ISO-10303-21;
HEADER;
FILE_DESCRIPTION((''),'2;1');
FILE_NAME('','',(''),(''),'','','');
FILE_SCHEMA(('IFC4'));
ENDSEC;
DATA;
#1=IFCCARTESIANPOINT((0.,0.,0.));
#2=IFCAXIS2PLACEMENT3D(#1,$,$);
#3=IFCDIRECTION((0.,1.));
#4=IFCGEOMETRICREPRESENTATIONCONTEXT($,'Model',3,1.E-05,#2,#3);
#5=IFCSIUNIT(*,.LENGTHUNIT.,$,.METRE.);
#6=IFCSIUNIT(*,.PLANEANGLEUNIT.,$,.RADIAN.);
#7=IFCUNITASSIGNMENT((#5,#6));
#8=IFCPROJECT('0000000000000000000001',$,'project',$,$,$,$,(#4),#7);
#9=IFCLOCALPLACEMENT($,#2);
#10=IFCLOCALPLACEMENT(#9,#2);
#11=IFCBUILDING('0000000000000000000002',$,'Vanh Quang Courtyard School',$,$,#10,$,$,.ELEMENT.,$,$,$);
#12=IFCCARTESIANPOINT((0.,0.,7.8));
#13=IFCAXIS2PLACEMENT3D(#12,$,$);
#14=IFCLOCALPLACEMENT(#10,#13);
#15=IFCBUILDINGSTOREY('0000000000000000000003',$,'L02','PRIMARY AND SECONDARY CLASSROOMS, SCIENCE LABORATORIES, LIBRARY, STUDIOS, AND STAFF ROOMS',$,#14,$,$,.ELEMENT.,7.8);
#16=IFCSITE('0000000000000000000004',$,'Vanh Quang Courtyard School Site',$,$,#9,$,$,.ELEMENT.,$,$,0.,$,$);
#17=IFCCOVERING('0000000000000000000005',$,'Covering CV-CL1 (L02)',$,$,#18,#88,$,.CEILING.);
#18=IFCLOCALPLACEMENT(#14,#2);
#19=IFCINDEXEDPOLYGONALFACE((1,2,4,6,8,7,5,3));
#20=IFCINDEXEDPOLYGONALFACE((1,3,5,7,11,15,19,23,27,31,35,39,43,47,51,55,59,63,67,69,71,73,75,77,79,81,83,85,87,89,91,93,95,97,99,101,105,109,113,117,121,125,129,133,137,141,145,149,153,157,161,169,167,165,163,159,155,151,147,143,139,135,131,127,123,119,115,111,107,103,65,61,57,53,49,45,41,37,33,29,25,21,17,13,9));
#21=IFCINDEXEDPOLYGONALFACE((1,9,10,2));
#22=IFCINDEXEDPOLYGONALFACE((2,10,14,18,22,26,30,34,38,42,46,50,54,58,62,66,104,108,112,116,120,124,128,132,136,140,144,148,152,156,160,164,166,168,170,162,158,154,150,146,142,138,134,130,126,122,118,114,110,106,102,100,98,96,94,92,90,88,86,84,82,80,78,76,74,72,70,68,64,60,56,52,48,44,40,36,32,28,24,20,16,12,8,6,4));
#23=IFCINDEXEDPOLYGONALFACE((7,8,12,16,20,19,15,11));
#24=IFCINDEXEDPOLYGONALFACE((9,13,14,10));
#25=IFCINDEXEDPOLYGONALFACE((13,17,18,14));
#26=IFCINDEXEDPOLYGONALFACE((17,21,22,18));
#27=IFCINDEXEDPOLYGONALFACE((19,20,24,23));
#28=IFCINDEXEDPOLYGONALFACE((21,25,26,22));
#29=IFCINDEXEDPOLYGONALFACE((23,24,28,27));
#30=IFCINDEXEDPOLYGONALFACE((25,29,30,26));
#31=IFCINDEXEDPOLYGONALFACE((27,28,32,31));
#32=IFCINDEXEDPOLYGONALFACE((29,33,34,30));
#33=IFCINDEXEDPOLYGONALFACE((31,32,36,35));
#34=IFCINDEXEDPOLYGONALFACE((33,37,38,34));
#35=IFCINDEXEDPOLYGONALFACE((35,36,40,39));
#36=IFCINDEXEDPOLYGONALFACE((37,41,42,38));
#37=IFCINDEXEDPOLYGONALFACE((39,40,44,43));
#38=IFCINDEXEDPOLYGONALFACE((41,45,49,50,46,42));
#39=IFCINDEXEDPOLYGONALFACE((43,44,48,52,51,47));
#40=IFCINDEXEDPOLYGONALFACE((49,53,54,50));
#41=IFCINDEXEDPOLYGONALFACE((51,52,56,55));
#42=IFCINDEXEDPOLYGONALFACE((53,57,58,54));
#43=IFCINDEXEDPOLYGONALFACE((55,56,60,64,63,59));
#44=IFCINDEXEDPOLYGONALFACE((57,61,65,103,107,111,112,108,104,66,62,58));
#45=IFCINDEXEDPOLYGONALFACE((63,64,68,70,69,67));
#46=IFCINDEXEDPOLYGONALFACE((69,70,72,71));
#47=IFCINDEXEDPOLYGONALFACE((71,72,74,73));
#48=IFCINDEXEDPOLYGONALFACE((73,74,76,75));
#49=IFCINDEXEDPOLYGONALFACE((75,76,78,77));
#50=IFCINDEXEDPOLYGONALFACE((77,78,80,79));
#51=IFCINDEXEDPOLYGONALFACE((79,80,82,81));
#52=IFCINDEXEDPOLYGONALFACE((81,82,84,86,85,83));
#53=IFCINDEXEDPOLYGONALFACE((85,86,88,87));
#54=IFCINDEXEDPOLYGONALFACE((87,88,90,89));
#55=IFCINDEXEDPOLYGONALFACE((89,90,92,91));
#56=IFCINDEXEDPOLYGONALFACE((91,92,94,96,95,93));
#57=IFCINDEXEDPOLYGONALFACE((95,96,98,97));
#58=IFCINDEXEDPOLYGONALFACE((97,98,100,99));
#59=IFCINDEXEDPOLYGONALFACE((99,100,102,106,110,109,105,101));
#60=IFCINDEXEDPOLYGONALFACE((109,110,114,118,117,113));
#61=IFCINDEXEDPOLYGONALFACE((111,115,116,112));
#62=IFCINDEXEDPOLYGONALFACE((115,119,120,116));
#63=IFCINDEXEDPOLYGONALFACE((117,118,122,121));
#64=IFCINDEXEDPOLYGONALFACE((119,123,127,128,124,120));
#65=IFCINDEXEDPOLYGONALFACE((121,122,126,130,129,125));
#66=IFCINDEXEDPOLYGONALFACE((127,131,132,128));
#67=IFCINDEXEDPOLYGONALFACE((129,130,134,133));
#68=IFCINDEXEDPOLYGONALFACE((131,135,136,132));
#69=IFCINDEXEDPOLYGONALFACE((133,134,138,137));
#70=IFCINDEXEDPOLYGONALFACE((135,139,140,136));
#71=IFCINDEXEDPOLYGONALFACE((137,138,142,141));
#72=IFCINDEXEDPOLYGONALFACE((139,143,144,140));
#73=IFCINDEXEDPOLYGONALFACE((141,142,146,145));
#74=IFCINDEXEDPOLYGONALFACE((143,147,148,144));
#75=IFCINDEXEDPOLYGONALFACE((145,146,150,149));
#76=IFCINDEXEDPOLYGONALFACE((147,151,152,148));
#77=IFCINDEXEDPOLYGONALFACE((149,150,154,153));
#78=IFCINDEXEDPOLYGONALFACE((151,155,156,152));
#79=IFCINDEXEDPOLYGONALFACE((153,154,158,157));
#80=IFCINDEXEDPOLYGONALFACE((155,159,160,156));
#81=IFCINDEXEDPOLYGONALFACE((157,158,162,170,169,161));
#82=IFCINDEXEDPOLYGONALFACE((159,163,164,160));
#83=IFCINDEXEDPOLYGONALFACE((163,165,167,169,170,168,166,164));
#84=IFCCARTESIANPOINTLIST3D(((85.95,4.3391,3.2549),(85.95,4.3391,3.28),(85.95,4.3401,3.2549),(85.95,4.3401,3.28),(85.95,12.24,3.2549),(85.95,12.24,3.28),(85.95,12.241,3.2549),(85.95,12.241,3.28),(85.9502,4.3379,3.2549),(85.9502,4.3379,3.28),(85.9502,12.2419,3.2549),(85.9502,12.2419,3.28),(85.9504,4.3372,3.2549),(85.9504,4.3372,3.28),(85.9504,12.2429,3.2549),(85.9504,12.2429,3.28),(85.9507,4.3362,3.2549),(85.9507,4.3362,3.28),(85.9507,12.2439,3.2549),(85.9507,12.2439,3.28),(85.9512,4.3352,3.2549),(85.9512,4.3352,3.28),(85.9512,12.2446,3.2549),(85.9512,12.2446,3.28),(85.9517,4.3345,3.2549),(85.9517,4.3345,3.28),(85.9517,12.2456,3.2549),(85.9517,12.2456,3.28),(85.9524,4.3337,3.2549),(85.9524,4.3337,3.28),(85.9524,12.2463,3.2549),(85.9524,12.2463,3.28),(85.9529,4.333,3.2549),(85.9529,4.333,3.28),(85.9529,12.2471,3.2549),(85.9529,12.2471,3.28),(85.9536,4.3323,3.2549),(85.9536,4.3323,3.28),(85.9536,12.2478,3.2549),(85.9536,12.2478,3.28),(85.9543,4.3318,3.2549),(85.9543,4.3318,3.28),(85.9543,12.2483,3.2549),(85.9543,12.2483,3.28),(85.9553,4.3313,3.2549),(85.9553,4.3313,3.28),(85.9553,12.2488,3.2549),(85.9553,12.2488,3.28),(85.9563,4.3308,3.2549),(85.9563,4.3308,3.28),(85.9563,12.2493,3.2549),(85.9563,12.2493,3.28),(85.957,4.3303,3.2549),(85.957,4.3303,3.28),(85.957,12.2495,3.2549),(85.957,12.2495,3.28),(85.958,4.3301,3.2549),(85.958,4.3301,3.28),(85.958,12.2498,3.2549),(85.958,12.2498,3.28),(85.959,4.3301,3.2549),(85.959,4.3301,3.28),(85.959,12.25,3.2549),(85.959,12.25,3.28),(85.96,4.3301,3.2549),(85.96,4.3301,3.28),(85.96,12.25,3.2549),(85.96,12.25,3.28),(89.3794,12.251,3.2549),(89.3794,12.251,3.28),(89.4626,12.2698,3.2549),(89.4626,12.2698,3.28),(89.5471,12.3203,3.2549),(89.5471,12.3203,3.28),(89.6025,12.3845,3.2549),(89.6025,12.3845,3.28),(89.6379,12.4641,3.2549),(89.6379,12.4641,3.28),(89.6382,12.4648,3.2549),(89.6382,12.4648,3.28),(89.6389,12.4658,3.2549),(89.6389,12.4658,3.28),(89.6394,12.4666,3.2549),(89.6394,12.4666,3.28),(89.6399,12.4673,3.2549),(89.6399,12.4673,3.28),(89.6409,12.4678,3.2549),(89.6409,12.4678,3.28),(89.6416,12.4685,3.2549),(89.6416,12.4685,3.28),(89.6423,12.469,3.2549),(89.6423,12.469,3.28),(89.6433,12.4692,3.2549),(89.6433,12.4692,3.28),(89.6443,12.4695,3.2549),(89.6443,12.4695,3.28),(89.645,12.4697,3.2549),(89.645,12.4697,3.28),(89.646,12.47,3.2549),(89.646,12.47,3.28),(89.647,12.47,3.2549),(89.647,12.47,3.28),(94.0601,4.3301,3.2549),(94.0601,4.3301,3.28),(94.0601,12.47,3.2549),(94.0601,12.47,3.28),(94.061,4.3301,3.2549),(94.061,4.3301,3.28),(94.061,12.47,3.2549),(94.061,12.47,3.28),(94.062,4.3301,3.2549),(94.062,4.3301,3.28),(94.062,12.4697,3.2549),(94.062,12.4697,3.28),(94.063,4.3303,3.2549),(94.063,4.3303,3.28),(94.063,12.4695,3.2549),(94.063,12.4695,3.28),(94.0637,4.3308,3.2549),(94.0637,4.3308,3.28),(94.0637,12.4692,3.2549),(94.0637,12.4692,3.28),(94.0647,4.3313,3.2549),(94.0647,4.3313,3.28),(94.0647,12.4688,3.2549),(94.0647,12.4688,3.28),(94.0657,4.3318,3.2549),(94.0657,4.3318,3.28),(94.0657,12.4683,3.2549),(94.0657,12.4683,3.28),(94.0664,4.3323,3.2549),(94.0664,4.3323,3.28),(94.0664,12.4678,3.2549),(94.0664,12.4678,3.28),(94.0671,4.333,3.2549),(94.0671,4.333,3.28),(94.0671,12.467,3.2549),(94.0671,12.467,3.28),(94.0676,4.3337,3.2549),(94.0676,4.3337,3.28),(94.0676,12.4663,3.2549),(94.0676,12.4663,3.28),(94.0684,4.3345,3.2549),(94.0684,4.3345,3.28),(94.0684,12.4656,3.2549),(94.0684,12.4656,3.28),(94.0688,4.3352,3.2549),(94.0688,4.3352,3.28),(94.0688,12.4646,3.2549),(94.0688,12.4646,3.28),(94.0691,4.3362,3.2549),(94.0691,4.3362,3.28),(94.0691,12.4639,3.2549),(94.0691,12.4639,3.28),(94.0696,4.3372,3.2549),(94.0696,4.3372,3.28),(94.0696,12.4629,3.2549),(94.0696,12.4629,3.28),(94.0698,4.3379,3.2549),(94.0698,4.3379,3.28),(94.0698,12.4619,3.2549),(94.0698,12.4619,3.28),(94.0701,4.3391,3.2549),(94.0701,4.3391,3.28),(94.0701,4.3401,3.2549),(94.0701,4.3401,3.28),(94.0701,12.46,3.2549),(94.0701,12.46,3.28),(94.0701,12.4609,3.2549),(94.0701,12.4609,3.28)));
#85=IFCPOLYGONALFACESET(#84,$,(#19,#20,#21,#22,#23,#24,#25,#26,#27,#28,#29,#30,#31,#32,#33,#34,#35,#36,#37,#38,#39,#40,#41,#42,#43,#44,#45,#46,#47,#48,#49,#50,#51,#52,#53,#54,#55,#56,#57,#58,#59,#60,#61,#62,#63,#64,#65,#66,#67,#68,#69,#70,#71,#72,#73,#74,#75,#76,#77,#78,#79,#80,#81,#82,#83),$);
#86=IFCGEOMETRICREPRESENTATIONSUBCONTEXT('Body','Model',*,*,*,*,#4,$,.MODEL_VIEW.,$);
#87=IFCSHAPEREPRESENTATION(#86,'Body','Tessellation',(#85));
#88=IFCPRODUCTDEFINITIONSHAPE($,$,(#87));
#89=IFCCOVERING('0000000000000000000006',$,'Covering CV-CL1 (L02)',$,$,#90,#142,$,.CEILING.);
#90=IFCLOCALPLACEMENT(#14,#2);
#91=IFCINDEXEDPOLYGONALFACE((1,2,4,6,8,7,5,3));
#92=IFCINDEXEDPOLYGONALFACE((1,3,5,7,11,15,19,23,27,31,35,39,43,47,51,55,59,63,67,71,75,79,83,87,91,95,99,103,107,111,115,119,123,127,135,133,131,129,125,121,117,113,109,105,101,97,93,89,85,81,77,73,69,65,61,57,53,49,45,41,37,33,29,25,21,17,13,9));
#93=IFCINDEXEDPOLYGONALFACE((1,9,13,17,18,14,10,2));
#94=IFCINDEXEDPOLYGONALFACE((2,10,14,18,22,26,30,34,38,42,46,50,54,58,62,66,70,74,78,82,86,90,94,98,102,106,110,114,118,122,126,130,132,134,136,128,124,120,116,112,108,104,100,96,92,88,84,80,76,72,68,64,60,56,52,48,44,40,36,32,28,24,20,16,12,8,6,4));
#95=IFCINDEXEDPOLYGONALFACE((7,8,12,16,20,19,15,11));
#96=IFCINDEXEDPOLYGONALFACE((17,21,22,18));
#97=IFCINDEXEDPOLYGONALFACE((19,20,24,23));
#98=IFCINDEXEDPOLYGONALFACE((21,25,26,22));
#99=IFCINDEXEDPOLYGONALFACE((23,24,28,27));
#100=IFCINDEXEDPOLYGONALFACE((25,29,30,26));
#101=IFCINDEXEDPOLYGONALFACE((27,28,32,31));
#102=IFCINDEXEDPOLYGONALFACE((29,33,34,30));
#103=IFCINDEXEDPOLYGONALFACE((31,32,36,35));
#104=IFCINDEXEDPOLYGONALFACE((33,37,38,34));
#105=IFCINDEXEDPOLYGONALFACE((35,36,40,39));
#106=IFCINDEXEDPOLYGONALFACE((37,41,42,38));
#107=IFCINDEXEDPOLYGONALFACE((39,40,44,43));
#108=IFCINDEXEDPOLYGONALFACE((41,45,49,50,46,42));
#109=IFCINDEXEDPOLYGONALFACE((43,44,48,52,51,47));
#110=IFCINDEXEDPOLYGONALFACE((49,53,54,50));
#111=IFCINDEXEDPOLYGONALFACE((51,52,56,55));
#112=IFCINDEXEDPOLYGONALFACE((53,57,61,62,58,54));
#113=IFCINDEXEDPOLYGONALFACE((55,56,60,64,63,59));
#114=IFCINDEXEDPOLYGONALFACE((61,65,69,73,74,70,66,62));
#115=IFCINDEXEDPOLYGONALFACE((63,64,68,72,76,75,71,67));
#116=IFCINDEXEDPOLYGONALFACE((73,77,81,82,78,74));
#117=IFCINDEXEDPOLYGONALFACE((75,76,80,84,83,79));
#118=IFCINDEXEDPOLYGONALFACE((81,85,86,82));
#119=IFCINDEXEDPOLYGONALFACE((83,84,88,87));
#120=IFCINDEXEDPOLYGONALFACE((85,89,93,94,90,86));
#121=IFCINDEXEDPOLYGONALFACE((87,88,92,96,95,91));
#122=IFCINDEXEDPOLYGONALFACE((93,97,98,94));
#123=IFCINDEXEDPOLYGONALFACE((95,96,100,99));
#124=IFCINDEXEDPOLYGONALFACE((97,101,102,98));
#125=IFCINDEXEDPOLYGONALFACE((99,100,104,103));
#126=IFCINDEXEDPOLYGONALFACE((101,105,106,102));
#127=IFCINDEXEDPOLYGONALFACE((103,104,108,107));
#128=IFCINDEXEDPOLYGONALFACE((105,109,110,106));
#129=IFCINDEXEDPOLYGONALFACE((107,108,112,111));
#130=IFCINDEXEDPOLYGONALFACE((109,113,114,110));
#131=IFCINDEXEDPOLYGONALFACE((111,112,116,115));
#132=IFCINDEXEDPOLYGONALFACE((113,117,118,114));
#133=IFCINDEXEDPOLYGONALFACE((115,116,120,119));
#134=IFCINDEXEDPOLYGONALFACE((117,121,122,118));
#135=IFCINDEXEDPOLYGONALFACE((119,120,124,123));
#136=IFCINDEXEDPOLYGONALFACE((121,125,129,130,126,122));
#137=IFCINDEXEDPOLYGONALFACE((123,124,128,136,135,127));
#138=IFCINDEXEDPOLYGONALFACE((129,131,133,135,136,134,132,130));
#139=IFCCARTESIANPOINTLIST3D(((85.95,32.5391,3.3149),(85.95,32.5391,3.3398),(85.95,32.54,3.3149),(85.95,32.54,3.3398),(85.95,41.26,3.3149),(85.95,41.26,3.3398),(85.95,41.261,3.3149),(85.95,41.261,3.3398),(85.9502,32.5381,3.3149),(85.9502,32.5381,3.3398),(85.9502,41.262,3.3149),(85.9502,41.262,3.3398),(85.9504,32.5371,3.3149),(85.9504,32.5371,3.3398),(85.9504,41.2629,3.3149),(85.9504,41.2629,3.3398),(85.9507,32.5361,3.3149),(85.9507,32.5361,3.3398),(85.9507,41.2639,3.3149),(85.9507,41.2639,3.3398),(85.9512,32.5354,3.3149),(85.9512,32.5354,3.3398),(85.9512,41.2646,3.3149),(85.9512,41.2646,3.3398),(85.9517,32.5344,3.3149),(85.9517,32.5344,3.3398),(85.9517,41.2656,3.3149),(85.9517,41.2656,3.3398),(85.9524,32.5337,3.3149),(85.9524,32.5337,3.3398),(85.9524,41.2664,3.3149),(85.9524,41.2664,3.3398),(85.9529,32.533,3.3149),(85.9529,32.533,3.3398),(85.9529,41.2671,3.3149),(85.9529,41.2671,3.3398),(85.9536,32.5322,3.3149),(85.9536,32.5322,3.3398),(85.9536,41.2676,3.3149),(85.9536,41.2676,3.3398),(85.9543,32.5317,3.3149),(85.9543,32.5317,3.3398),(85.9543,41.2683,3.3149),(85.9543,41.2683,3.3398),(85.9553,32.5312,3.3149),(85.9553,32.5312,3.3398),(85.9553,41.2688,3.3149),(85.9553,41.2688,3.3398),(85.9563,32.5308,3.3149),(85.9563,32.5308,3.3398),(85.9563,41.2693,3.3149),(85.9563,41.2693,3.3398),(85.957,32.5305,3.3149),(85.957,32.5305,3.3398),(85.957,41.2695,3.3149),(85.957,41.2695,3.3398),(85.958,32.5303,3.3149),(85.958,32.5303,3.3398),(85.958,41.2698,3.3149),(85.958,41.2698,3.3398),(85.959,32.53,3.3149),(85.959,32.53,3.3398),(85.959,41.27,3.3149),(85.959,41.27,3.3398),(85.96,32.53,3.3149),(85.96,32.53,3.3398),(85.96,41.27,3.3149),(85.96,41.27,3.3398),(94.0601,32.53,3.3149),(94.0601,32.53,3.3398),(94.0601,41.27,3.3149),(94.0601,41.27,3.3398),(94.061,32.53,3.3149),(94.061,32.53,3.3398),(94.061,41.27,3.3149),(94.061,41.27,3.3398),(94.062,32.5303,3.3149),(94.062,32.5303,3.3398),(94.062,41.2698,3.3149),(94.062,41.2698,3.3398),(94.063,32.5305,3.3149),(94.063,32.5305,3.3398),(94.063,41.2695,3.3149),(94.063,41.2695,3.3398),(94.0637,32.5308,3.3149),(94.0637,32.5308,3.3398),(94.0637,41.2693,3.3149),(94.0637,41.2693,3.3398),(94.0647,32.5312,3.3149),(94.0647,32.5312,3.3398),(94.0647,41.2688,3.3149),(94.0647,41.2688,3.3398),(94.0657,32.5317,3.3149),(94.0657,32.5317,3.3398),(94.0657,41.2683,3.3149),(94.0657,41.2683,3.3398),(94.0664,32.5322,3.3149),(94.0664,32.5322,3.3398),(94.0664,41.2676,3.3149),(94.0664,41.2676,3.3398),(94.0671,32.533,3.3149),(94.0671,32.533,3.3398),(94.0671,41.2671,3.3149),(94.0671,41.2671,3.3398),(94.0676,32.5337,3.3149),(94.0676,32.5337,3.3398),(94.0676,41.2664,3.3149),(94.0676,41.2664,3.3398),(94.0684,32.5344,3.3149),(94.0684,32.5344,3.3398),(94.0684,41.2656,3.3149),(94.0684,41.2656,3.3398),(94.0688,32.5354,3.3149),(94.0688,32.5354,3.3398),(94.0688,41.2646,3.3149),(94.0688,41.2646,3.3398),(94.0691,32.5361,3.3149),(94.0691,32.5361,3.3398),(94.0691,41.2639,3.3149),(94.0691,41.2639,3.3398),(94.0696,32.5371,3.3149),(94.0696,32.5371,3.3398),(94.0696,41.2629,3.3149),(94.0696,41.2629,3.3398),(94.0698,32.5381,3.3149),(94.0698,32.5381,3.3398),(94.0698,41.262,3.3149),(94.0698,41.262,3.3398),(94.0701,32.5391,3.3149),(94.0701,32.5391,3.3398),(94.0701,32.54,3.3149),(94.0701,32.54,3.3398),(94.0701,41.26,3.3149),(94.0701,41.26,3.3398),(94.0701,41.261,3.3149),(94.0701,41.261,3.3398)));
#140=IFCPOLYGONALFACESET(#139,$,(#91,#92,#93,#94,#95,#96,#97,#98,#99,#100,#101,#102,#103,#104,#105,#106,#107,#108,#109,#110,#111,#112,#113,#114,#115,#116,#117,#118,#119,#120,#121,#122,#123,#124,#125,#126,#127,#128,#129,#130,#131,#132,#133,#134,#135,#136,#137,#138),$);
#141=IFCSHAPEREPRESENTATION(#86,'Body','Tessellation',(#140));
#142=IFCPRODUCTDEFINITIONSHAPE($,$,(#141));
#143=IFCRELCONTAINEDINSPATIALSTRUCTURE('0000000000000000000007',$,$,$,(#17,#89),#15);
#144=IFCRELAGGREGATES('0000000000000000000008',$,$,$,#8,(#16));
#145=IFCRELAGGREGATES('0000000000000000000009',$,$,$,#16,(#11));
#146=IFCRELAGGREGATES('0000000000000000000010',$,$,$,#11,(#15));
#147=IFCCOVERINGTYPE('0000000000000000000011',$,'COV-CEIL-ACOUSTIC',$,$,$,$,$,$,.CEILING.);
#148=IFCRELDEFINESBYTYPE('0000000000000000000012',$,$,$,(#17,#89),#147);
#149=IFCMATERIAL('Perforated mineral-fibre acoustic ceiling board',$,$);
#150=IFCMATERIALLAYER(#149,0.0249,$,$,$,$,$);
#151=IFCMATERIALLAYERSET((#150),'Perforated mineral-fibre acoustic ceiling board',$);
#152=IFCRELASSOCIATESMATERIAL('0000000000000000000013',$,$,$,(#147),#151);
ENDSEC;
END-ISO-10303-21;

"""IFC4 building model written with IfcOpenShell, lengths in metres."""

from ifc_helpers import new_model, si_unit, direction, frame, origin, place, context, subcontext, project, spatial, polyline, outline, extrude, material, layer, layer_set, type_object, element, save


model = new_model("IFC4")

# Units and contexts
model_context = context("Model", 3, precision=1e-05, world=origin(), true_north=direction((0.0, 1.0)))
body_context = subcontext(model_context, "Body", "Model", "MODEL_VIEW")
ifc_project = project(units=[si_unit("LENGTHUNIT", "METRE"), si_unit("PLANEANGLEUNIT", "RADIAN")], contexts=[model_context])

# Site, building, storey
site_placement = place(None, origin())
site = spatial("IfcSite", under=ifc_project, at=site_placement, Name="Vanh Quang Courtyard School Site", CompositionType="ELEMENT", RefElevation=0.0)
building_placement = place(site_placement, origin())
building = spatial("IfcBuilding", under=site, at=building_placement, Name="Vanh Quang Courtyard School", CompositionType="ELEMENT")
storey_placement = place(building_placement, frame((0.0, 0.0, 7.8)))
storey = spatial("IfcBuildingStorey", under=building, at=storey_placement, Name="L02", Description="PRIMARY AND SECONDARY CLASSROOMS, SCIENCE LABORATORIES, LIBRARY, STUDIOS, AND STAFF ROOMS", CompositionType="ELEMENT", Elevation=7.8)

# Coverings
ifc_material_1 = material(Name="Perforated mineral-fibre acoustic ceiling board")
ifc_layer_1 = layer(ifc_material_1, 0.0249)
ifc_layer_set_1 = layer_set([ifc_layer_1], Name="Perforated mineral-fibre acoustic ceiling board")
covering_type_1 = type_object("IfcCoveringType", Name="COV-CEIL-ACOUSTIC", PredefinedType="CEILING", material=ifc_layer_set_1)
covering_1_placement = place(storey_placement, frame((0.0, 0.0, 3.2549)))
element("IfcCovering", 1, at=covering_1_placement, inside=storey, type_object=covering_type_1, Name="Covering CV-CL1 (L02)", PredefinedType="CEILING", context=body_context, shape_type="SweptSolid", body=[
    extrude(outline(polyline([(85.96, 4.3301), (85.959, 4.3301), (85.958, 4.3301), (85.957, 4.3303), (85.9563, 4.3308), (85.9553, 4.3313), (85.9543, 4.3318), (85.9536, 4.3323), (85.9529, 4.333), (85.9524, 4.3337), (85.9517, 4.3345), (85.9512, 4.3352), (85.9507, 4.3362), (85.9504, 4.3372), (85.9502, 4.3379), (85.95, 4.3391), (85.95, 4.3401), (85.95, 12.24), (85.95, 12.241), (85.9502, 12.2419), (85.9504, 12.2429), (85.9507, 12.2439), (85.9512, 12.2446), (85.9517, 12.2456), (85.9524, 12.2463), (85.9529, 12.2471), (85.9536, 12.2478), (85.9543, 12.2483), (85.9553, 12.2488), (85.9563, 12.2493), (85.957, 12.2495), (85.958, 12.2498), (85.959, 12.25), (85.96, 12.25), (89.3794, 12.251), (89.4626, 12.2698), (89.5471, 12.3203), (89.6025, 12.3845), (89.6379, 12.4641), (89.6382, 12.4648), (89.6389, 12.4658), (89.6394, 12.4666), (89.6399, 12.4673), (89.6409, 12.4678), (89.6416, 12.4685), (89.6423, 12.469), (89.6433, 12.4692), (89.6443, 12.4695), (89.645, 12.4697), (89.646, 12.47), (89.647, 12.47), (94.0601, 12.47), (94.061, 12.47), (94.062, 12.4697), (94.063, 12.4695), (94.0637, 12.4692), (94.0647, 12.4688), (94.0657, 12.4683), (94.0664, 12.4678), (94.0671, 12.467), (94.0676, 12.4663), (94.0684, 12.4656), (94.0688, 12.4646), (94.0691, 12.4639), (94.0696, 12.4629), (94.0698, 12.4619), (94.0701, 12.4609), (94.0701, 12.46), (94.0701, 4.3401), (94.0701, 4.3391), (94.0698, 4.3379), (94.0696, 4.3372), (94.0691, 4.3362), (94.0688, 4.3352), (94.0684, 4.3345), (94.0676, 4.3337), (94.0671, 4.333), (94.0664, 4.3323), (94.0657, 4.3318), (94.0647, 4.3313), (94.0637, 4.3308), (94.063, 4.3303), (94.062, 4.3301), (94.061, 4.3301), (94.0601, 4.3301), (85.96, 4.3301)])), origin(), (0.0, 0.0, 1.0), 0.0251),
])
covering_2_placement = place(storey_placement, frame((0.0, 0.0, 3.3149)))
element("IfcCovering", 2, at=covering_2_placement, inside=storey, type_object=covering_type_1, Name="Covering CV-CL1 (L02)", PredefinedType="CEILING", context=body_context, shape_type="SweptSolid", body=[
    extrude(outline(polyline([(85.96, 32.53), (85.959, 32.53), (85.958, 32.5303), (85.957, 32.5305), (85.9563, 32.5308), (85.9553, 32.5312), (85.9543, 32.5317), (85.9536, 32.5322), (85.9529, 32.533), (85.9524, 32.5337), (85.9517, 32.5344), (85.9512, 32.5354), (85.9507, 32.5361), (85.9504, 32.5371), (85.9502, 32.5381), (85.95, 32.5391), (85.95, 32.54), (85.95, 41.26), (85.95, 41.261), (85.9502, 41.262), (85.9504, 41.2629), (85.9507, 41.2639), (85.9512, 41.2646), (85.9517, 41.2656), (85.9524, 41.2664), (85.9529, 41.2671), (85.9536, 41.2676), (85.9543, 41.2683), (85.9553, 41.2688), (85.9563, 41.2693), (85.957, 41.2695), (85.958, 41.2698), (85.959, 41.27), (85.96, 41.27), (94.0601, 41.27), (94.061, 41.27), (94.062, 41.2698), (94.063, 41.2695), (94.0637, 41.2693), (94.0647, 41.2688), (94.0657, 41.2683), (94.0664, 41.2676), (94.0671, 41.2671), (94.0676, 41.2664), (94.0684, 41.2656), (94.0688, 41.2646), (94.0691, 41.2639), (94.0696, 41.2629), (94.0698, 41.262), (94.0701, 41.261), (94.0701, 41.26), (94.0701, 32.54), (94.0701, 32.5391), (94.0698, 32.5381), (94.0696, 32.5371), (94.0691, 32.5361), (94.0688, 32.5354), (94.0684, 32.5344), (94.0676, 32.5337), (94.0671, 32.533), (94.0664, 32.5322), (94.0657, 32.5317), (94.0647, 32.5312), (94.0637, 32.5308), (94.063, 32.5305), (94.062, 32.5303), (94.061, 32.53), (94.0601, 32.53), (85.96, 32.53)])), origin(), (0.0, 0.0, 1.0), 0.0249),
])

save(model, "model.ifc")
